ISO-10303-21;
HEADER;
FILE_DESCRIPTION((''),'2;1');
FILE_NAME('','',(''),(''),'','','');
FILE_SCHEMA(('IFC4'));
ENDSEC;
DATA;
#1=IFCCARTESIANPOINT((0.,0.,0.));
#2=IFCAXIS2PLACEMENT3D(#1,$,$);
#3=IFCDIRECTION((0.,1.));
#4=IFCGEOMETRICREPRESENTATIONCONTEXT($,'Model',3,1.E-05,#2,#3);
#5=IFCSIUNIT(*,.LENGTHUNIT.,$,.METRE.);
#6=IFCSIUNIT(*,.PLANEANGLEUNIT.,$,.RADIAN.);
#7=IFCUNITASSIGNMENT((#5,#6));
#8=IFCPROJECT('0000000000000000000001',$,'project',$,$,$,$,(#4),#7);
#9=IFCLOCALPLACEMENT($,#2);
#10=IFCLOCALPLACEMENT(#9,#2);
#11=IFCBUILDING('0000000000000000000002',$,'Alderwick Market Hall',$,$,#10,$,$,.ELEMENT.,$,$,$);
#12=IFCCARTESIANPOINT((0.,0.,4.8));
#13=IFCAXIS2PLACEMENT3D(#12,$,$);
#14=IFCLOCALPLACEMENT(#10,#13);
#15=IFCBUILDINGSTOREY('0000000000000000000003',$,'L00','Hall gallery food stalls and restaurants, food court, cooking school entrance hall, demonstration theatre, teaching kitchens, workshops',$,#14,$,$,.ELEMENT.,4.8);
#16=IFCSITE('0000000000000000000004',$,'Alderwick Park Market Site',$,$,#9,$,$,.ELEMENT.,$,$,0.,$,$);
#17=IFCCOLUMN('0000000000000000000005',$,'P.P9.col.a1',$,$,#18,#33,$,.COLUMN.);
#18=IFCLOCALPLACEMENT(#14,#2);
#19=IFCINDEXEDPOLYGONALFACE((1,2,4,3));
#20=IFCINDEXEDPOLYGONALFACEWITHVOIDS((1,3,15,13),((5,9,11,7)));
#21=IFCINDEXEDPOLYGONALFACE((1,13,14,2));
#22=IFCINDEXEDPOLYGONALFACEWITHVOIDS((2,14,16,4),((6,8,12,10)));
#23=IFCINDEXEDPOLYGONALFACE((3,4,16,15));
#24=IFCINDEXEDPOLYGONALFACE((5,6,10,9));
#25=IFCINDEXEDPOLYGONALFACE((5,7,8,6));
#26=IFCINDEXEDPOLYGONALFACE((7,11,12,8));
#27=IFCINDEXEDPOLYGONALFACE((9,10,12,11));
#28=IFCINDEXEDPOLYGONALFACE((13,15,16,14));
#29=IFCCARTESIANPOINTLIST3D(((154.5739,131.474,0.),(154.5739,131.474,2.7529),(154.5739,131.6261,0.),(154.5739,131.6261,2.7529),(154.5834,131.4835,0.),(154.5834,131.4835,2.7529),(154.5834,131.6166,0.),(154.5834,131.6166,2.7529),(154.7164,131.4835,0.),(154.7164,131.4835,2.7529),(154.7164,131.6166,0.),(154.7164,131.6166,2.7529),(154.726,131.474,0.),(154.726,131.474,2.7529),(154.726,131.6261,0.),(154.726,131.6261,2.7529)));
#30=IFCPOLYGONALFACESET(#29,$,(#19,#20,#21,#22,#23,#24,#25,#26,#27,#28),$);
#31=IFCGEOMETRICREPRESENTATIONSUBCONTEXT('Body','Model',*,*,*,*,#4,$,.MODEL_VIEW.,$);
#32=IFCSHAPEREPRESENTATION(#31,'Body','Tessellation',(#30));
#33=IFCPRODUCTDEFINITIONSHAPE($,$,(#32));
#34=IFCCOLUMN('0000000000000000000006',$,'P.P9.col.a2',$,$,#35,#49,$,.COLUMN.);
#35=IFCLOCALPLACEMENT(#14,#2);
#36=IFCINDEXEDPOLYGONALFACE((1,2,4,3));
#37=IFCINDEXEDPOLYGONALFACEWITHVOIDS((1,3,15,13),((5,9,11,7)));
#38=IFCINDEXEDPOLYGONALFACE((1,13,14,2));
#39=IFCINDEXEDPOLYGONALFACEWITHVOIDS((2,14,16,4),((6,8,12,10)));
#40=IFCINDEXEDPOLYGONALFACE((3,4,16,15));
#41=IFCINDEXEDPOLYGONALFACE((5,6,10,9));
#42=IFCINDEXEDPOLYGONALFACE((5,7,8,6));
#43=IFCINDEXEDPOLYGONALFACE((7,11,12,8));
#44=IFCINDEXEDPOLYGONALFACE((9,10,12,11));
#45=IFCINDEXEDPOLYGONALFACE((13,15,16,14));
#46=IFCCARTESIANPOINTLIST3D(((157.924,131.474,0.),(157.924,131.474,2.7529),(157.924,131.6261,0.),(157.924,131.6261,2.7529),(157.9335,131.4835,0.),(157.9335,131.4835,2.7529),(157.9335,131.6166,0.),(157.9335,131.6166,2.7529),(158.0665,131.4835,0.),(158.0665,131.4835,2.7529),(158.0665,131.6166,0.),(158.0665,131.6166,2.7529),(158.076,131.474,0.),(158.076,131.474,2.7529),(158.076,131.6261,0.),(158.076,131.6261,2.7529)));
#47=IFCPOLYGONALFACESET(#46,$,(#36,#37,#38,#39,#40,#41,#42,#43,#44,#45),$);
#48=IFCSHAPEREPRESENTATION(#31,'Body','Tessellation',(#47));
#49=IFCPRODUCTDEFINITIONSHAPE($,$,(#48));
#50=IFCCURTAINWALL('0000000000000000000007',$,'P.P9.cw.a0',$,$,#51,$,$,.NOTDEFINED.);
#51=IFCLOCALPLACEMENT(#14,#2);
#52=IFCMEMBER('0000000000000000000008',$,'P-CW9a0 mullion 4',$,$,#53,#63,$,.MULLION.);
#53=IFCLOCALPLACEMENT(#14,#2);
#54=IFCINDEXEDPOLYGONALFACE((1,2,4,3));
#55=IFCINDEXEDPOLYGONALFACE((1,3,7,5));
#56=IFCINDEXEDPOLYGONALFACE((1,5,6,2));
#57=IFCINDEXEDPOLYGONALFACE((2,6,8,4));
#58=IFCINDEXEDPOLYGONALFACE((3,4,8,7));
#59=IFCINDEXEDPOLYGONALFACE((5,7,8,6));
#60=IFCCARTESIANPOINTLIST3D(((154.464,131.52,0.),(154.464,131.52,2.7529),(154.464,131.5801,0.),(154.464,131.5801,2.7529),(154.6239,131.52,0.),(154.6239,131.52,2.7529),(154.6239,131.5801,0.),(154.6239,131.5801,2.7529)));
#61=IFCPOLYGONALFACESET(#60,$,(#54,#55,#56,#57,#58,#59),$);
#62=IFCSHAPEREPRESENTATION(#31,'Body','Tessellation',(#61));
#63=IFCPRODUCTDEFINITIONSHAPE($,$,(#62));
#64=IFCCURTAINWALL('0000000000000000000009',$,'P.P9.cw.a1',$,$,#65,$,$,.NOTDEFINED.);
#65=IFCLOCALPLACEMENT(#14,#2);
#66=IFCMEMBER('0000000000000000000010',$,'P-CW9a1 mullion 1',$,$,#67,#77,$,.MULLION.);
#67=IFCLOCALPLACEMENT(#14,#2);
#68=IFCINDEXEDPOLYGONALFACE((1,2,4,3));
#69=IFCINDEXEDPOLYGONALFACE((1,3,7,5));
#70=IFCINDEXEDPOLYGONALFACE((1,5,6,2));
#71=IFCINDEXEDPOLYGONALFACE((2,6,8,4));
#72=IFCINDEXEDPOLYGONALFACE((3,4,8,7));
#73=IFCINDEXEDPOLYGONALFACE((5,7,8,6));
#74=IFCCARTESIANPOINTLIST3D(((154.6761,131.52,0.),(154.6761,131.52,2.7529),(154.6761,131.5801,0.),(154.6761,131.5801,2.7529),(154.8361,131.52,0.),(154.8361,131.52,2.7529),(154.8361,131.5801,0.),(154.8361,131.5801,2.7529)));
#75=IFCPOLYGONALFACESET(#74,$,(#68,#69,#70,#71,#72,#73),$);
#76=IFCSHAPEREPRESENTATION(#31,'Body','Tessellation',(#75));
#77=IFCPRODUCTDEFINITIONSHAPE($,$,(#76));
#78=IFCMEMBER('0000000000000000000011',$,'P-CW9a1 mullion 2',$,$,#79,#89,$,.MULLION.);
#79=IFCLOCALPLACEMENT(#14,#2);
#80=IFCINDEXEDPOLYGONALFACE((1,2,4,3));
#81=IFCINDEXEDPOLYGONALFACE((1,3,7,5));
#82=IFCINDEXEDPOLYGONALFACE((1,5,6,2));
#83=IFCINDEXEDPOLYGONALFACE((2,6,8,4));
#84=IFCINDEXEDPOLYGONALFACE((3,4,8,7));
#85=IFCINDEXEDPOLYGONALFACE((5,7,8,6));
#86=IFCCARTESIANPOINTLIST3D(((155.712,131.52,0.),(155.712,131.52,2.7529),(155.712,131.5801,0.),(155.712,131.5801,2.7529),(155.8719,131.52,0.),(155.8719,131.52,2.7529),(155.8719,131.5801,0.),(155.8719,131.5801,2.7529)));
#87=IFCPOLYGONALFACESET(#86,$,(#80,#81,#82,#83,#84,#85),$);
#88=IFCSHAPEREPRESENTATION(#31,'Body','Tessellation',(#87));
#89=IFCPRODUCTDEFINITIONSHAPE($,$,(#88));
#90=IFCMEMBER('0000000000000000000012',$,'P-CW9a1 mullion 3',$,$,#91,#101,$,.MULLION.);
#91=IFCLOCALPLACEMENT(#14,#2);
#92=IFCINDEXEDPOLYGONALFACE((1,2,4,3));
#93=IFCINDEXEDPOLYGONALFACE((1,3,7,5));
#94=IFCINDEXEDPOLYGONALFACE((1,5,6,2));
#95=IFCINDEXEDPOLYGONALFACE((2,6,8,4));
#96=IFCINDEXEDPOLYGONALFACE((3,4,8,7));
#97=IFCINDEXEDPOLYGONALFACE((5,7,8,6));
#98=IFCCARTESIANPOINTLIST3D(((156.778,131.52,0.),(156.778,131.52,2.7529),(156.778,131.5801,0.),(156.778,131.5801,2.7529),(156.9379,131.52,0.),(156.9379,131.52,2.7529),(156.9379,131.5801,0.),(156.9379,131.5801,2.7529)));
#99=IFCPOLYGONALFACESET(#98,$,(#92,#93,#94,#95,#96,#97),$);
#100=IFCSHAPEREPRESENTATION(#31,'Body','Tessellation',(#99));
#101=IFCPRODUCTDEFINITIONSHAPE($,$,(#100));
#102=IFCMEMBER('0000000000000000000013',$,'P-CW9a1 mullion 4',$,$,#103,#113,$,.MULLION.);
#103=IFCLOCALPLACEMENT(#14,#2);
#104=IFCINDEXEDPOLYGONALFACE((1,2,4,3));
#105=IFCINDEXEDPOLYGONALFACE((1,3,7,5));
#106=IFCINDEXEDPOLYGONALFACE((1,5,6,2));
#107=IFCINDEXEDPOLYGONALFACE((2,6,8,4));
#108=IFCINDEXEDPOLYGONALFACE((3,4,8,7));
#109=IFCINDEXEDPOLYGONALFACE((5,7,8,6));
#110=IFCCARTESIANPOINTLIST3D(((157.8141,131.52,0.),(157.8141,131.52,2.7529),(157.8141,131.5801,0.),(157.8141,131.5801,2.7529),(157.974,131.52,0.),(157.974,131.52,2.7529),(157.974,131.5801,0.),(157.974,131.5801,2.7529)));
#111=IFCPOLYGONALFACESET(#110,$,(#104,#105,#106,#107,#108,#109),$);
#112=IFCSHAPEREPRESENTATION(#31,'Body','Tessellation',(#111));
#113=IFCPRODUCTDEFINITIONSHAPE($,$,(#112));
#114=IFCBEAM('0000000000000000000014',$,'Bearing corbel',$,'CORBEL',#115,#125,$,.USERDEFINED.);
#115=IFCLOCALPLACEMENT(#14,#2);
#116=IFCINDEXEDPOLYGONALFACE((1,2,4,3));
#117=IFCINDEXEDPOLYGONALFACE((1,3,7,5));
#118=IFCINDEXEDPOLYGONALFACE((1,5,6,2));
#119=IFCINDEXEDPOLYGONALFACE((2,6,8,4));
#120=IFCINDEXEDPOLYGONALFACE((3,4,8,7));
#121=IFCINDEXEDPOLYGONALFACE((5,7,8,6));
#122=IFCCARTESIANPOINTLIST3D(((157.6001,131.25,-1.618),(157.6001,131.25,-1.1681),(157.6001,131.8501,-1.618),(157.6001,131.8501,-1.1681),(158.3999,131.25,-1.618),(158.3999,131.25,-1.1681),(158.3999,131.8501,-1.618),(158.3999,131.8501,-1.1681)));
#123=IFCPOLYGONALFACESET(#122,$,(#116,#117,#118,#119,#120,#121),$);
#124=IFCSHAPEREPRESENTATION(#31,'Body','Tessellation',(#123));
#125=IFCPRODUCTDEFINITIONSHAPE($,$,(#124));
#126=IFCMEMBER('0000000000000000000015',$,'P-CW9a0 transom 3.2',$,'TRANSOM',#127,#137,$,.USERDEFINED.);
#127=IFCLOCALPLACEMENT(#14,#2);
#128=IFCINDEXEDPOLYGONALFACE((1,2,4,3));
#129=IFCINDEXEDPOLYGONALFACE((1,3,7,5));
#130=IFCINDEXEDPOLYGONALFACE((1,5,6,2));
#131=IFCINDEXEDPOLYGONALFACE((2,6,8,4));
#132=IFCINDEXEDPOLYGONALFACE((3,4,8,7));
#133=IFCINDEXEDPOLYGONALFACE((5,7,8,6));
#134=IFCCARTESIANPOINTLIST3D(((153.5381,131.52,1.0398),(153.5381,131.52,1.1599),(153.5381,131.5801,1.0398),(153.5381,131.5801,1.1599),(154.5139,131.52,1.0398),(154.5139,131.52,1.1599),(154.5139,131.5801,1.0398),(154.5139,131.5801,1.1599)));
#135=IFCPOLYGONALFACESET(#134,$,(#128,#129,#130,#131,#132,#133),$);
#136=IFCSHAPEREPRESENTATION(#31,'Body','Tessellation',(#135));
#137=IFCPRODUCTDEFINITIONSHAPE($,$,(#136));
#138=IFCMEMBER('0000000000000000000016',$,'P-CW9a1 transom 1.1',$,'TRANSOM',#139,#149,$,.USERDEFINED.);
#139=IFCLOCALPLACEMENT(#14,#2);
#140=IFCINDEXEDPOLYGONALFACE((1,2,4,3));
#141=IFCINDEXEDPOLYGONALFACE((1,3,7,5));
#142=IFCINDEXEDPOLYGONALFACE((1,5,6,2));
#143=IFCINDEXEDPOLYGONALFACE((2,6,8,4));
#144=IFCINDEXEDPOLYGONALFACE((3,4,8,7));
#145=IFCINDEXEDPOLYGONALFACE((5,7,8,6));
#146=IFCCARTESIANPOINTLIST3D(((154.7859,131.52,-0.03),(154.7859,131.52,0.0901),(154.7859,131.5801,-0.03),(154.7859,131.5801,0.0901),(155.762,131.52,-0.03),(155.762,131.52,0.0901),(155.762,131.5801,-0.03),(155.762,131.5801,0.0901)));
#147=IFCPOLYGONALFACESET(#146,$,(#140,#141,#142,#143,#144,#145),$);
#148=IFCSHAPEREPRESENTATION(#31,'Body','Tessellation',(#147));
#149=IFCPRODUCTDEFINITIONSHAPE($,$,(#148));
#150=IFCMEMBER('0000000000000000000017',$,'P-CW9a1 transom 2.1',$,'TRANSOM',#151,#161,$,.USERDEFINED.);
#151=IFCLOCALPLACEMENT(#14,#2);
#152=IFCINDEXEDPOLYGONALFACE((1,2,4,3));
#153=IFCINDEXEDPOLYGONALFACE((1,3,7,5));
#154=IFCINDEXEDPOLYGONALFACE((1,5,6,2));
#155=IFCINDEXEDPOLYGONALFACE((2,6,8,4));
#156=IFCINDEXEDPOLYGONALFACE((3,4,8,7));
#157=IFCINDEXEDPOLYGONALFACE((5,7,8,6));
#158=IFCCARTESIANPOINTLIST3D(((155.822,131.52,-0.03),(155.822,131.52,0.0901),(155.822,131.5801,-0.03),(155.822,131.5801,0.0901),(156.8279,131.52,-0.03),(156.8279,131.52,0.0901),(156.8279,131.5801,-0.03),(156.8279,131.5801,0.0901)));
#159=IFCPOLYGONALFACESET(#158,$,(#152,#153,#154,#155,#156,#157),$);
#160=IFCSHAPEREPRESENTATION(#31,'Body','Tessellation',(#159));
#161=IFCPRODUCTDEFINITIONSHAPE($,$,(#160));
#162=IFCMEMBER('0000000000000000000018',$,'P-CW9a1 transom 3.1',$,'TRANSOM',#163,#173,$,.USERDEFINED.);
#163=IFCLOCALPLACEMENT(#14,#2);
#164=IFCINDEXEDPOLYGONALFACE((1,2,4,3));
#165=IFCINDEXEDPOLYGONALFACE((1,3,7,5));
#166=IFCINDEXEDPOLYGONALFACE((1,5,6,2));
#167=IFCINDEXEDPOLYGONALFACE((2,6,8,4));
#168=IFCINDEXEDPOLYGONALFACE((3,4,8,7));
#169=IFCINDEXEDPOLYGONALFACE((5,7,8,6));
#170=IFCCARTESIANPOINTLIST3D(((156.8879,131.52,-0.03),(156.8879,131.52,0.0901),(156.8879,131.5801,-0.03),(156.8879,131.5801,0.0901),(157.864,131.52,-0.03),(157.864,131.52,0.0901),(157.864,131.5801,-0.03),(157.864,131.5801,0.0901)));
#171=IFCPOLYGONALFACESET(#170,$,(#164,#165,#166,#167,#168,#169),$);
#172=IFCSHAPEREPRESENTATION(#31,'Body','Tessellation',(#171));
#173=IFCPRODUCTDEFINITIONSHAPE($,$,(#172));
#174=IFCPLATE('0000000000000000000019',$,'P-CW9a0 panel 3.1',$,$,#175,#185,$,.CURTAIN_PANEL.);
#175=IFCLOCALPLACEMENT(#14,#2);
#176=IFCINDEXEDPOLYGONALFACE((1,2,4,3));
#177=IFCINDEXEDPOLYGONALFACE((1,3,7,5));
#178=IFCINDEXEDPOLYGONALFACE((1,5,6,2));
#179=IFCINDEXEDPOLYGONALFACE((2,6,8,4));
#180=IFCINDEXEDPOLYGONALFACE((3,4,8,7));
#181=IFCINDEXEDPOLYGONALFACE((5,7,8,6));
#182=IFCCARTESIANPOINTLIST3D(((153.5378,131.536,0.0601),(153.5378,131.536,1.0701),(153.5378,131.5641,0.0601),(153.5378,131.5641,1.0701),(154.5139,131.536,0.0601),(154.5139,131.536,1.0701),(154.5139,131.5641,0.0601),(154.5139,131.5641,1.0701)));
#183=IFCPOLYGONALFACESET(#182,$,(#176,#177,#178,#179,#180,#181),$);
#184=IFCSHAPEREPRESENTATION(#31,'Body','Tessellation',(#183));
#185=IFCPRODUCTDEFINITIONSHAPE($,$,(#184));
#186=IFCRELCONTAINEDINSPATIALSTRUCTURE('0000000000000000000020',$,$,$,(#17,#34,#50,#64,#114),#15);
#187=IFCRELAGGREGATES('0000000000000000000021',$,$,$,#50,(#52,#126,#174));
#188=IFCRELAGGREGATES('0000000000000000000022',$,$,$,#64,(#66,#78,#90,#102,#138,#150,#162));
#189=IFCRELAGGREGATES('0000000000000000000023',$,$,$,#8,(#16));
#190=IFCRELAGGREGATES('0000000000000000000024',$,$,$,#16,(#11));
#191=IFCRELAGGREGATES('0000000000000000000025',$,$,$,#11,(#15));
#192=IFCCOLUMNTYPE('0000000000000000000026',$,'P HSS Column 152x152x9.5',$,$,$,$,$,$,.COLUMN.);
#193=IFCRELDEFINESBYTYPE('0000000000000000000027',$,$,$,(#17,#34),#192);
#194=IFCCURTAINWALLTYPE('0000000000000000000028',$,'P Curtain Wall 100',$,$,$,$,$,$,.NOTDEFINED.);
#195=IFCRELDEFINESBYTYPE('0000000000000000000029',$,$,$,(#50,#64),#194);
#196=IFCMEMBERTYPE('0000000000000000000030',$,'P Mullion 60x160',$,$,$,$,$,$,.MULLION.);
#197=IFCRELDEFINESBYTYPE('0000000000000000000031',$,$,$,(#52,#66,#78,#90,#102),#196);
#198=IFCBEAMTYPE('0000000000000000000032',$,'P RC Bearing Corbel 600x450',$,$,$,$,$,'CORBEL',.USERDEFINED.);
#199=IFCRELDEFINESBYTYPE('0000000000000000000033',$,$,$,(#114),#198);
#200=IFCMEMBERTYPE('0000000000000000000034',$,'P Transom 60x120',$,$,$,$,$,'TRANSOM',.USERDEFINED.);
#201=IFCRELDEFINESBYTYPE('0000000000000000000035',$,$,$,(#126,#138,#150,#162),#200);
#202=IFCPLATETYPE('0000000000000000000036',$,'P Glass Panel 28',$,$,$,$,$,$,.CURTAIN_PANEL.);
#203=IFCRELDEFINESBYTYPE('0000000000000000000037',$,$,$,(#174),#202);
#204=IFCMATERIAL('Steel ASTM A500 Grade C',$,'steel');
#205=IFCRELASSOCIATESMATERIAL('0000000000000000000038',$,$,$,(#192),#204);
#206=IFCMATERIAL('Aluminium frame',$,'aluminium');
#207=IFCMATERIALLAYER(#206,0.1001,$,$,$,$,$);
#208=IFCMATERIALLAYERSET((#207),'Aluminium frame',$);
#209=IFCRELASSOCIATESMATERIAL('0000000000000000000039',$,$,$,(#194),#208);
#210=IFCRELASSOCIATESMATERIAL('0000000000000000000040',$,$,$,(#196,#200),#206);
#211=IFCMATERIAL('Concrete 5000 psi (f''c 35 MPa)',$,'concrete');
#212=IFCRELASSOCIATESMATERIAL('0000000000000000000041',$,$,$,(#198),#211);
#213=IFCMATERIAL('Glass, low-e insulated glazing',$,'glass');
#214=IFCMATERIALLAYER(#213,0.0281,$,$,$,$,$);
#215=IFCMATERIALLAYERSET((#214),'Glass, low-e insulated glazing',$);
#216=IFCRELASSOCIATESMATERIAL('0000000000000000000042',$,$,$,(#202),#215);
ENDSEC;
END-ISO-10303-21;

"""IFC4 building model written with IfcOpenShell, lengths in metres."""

from ifc_helpers import new_model, si_unit, direction, frame, origin, origin_2d, place, context, subcontext, project, spatial, rectangle, hollow_rectangle, extrude, material, layer, layer_set, material_profile, profile_set, type_object, element, aggregate, save


model = new_model("IFC4")

# Units and contexts
model_context = context("Model", 3, precision=1e-05, world=origin(), true_north=direction((0.0, 1.0)))
body_context = subcontext(model_context, "Body", "Model", "MODEL_VIEW")
ifc_project = project(units=[si_unit("LENGTHUNIT", "METRE"), si_unit("PLANEANGLEUNIT", "RADIAN")], contexts=[model_context])

# Site, building, storey
site_placement = place(None, origin())
site = spatial("IfcSite", under=ifc_project, at=site_placement, Name="Alderwick Park Market Site", CompositionType="ELEMENT", RefElevation=0.0)
building_placement = place(site_placement, origin())
building = spatial("IfcBuilding", under=site, at=building_placement, Name="Alderwick Market Hall", CompositionType="ELEMENT")
storey_placement = place(building_placement, frame((0.0, 0.0, 4.8)))
storey = spatial("IfcBuildingStorey", under=building, at=storey_placement, Name="L00", Description="Hall gallery food stalls and restaurants, food court, cooking school entrance hall, demonstration theatre, teaching kitchens, workshops", CompositionType="ELEMENT", Elevation=4.8)

# Columns
ifc_material_1 = material(Name="Steel ASTM A500 Grade C", Category="steel")
ifc_material_profile_1 = material_profile(ifc_material_1, hollow_rectangle(XDim=0.1521, YDim=0.1521, WallThickness=0.0095, at=origin_2d()), Name="HSS152x152x9.5")
ifc_profile_set_1 = profile_set([ifc_material_profile_1], Name="Steel ASTM A500 Grade C")
column_type = type_object("IfcColumnType", Name="P HSS Column 152x152x9.5", PredefinedType="COLUMN", material=ifc_profile_set_1)
for number, where, z_axis, x_axis, name in (
    (1, (154.6499, 131.55, 0.0), (0.0, 0.0, 1.0), (1.0, 0.0, 0.0), "P.P9.col.a1"),
    (2, (158.0, 131.55, 0.0), (0.0, 0.0, 1.0), (1.0, 0.0, 0.0), "P.P9.col.a2"),
):
    element("IfcColumn", number, at=place(storey_placement, frame(where, z_axis=z_axis, x_axis=x_axis)), inside=storey, type_object=column_type, Name=name, PredefinedType="COLUMN", context=body_context, shape_type="SweptSolid", body=[
        extrude(hollow_rectangle(XDim=0.1521, YDim=0.1521, WallThickness=0.0095, at=origin_2d()), origin(), (0.0, 0.0, 1.0), 2.7529),
    ])

# Curtain wall, member
ifc_material_2 = material(Name="Aluminium frame", Category="aluminium")
ifc_layer_1 = layer(ifc_material_2, 0.1001)
ifc_layer_set_1 = layer_set([ifc_layer_1], Name="Aluminium frame")
curtain_wall_type = type_object("IfcCurtainWallType", Name="P Curtain Wall 100", PredefinedType="NOTDEFINED", material=ifc_layer_set_1)
curtain_wall_1_placement = place(storey_placement, origin())
curtain_wall_1 = element("IfcCurtainWall", 3, at=curtain_wall_1_placement, inside=storey, type_object=curtain_wall_type, Name="P.P9.cw.a0", PredefinedType="NOTDEFINED")
ifc_material_profile_2 = material_profile(ifc_material_2, rectangle(XDim=0.0601, YDim=0.1599, at=origin_2d()), Name="P Mullion 60x160")
ifc_profile_set_2 = profile_set([ifc_material_profile_2], Name="Aluminium frame")
member_type_1 = type_object("IfcMemberType", Name="P Mullion 60x160", PredefinedType="MULLION", material=ifc_profile_set_2)
member_1_placement = place(storey_placement, frame((154.5439, 131.55, 0.0), z_axis=(0.0, 0.0, 1.0), x_axis=(0.0, 1.0, 0.0)))
member_1 = element("IfcMember", 4, at=member_1_placement, type_object=member_type_1, Name="P-CW9a0 mullion 4", PredefinedType="MULLION", context=body_context, shape_type="SweptSolid", body=[
    extrude(rectangle(XDim=0.0601, YDim=0.1599, at=origin_2d()), origin(), (0.0, 0.0, 1.0), 2.7529),
])

# Curtain wall, members
curtain_wall_2_placement = place(storey_placement, origin())
curtain_wall_2 = element("IfcCurtainWall", 5, at=curtain_wall_2_placement, inside=storey, type_object=curtain_wall_type, Name="P.P9.cw.a1", PredefinedType="NOTDEFINED")
member_2_placement = place(storey_placement, frame((154.7561, 131.55, 0.0), z_axis=(0.0, 0.0, 1.0), x_axis=(0.0, 1.0, 0.0)))
member_2 = element("IfcMember", 6, at=member_2_placement, type_object=member_type_1, Name="P-CW9a1 mullion 1", PredefinedType="MULLION", context=body_context, shape_type="SweptSolid", body=[
    extrude(rectangle(XDim=0.0601, YDim=0.1599, at=origin_2d()), origin(), (0.0, 0.0, 1.0), 2.7529),
])
member_3_placement = place(storey_placement, frame((155.792, 131.55, 0.0), z_axis=(0.0, 0.0, 1.0), x_axis=(0.0, 1.0, 0.0)))
member_3 = element("IfcMember", 7, at=member_3_placement, type_object=member_type_1, Name="P-CW9a1 mullion 2", PredefinedType="MULLION", context=body_context, shape_type="SweptSolid", body=[
    extrude(rectangle(XDim=0.0601, YDim=0.1599, at=origin_2d()), origin(), (0.0, 0.0, 1.0), 2.7529),
])
member_4_placement = place(storey_placement, frame((156.8579, 131.55, 0.0), z_axis=(0.0, 0.0, 1.0), x_axis=(0.0, 1.0, 0.0)))
member_4 = element("IfcMember", 8, at=member_4_placement, type_object=member_type_1, Name="P-CW9a1 mullion 3", PredefinedType="MULLION", context=body_context, shape_type="SweptSolid", body=[
    extrude(rectangle(XDim=0.0601, YDim=0.1599, at=origin_2d()), origin(), (0.0, 0.0, 1.0), 2.7529),
])
member_5_placement = place(storey_placement, frame((157.894, 131.55, 0.0), z_axis=(0.0, 0.0, 1.0), x_axis=(0.0, 1.0, 0.0)))
member_5 = element("IfcMember", 9, at=member_5_placement, type_object=member_type_1, Name="P-CW9a1 mullion 4", PredefinedType="MULLION", context=body_context, shape_type="SweptSolid", body=[
    extrude(rectangle(XDim=0.0601, YDim=0.1599, at=origin_2d()), origin(), (0.0, 0.0, 1.0), 2.7529),
])

# Beam
ifc_material_3 = material(Name="Concrete 5000 psi (f'c 35 MPa)", Category="concrete")
ifc_material_profile_3 = material_profile(ifc_material_3, rectangle(XDim=0.6001, YDim=0.45, at=origin_2d()), Name="P RC Bearing Corbel 600x450")
ifc_profile_set_3 = profile_set([ifc_material_profile_3], Name="Concrete 5000 psi (f'c 35 MPa)")
beam_type = type_object("IfcBeamType", Name="P RC Bearing Corbel 600x450", ElementType="CORBEL", PredefinedType="USERDEFINED", material=ifc_profile_set_3)
beam_placement = place(storey_placement, frame((157.6001, 131.55, -1.3931), z_axis=(1.0, 0.0, 0.0), x_axis=(0.0, 1.0, 0.0)))
element("IfcBeam", 10, at=beam_placement, inside=storey, type_object=beam_type, Name="Bearing corbel", ObjectType="CORBEL", PredefinedType="USERDEFINED", context=body_context, shape_type="SweptSolid", body=[
    extrude(rectangle(XDim=0.6001, YDim=0.45, at=origin_2d()), origin(), (0.0, 0.0, 1.0), 0.7998),
])

# Members
ifc_material_profile_4 = material_profile(ifc_material_2, rectangle(XDim=0.0601, YDim=0.1201, at=origin_2d()), Name="P Transom 60x120")
ifc_profile_set_4 = profile_set([ifc_material_profile_4], Name="Aluminium frame")
member_type_2 = type_object("IfcMemberType", Name="P Transom 60x120", ElementType="TRANSOM", PredefinedType="USERDEFINED", material=ifc_profile_set_4)
member_6_placement = place(storey_placement, frame((153.5381, 131.55, 1.0999), z_axis=(1.0, 0.0, 0.0), x_axis=(0.0, 1.0, 0.0)))
member_6 = element("IfcMember", 11, at=member_6_placement, type_object=member_type_2, Name="P-CW9a0 transom 3.2", ObjectType="TRANSOM", PredefinedType="USERDEFINED", context=body_context, shape_type="SweptSolid", body=[
    extrude(rectangle(XDim=0.0601, YDim=0.1201, at=origin_2d()), origin(), (0.0, 0.0, 1.0), 0.9758),
])
member_7_placement = place(storey_placement, frame((154.7859, 131.55, 0.03), z_axis=(1.0, 0.0, 0.0), x_axis=(0.0, 1.0, 0.0)))
member_7 = element("IfcMember", 12, at=member_7_placement, type_object=member_type_2, Name="P-CW9a1 transom 1.1", ObjectType="TRANSOM", PredefinedType="USERDEFINED", context=body_context, shape_type="SweptSolid", body=[
    extrude(rectangle(XDim=0.0601, YDim=0.1201, at=origin_2d()), origin(), (0.0, 0.0, 1.0), 0.9761),
])
member_8_placement = place(storey_placement, frame((155.822, 131.55, 0.03), z_axis=(1.0, 0.0, 0.0), x_axis=(0.0, 1.0, 0.0)))
member_8 = element("IfcMember", 13, at=member_8_placement, type_object=member_type_2, Name="P-CW9a1 transom 2.1", ObjectType="TRANSOM", PredefinedType="USERDEFINED", context=body_context, shape_type="SweptSolid", body=[
    extrude(rectangle(XDim=0.0601, YDim=0.1201, at=origin_2d()), origin(), (0.0, 0.0, 1.0), 1.0059),
])
member_9_placement = place(storey_placement, frame((156.8879, 131.55, 0.03), z_axis=(1.0, 0.0, 0.0), x_axis=(0.0, 1.0, 0.0)))
member_9 = element("IfcMember", 14, at=member_9_placement, type_object=member_type_2, Name="P-CW9a1 transom 3.1", ObjectType="TRANSOM", PredefinedType="USERDEFINED", context=body_context, shape_type="SweptSolid", body=[
    extrude(rectangle(XDim=0.0601, YDim=0.1201, at=origin_2d()), origin(), (0.0, 0.0, 1.0), 0.9761),
])

# Plate
ifc_material_4 = material(Name="Glass, low-e insulated glazing", Category="glass")
ifc_layer_2 = layer(ifc_material_4, 0.0281)
ifc_layer_set_2 = layer_set([ifc_layer_2], Name="Glass, low-e insulated glazing")
plate_type_1 = type_object("IfcPlateType", Name="P Glass Panel 28", PredefinedType="CURTAIN_PANEL", material=ifc_layer_set_2)
plate_1_placement = place(storey_placement, frame((154.0259, 131.55, 0.0601), z_axis=(0.0, 0.0, 1.0), x_axis=(1.0, 0.0, 0.0)))
plate_1 = element("IfcPlate", 15, at=plate_1_placement, type_object=plate_type_1, Name="P-CW9a0 panel 3.1", PredefinedType="CURTAIN_PANEL", context=body_context, shape_type="SweptSolid", body=[
    extrude(rectangle(XDim=0.9761, YDim=0.0281, at=origin_2d()), origin(), (0.0, 0.0, 1.0), 1.01),
])
aggregate(curtain_wall_1, [member_1, member_6, plate_1])
aggregate(curtain_wall_2, [member_2, member_3, member_4, member_5, member_7, member_8, member_9])

save(model, "model.ifc")
